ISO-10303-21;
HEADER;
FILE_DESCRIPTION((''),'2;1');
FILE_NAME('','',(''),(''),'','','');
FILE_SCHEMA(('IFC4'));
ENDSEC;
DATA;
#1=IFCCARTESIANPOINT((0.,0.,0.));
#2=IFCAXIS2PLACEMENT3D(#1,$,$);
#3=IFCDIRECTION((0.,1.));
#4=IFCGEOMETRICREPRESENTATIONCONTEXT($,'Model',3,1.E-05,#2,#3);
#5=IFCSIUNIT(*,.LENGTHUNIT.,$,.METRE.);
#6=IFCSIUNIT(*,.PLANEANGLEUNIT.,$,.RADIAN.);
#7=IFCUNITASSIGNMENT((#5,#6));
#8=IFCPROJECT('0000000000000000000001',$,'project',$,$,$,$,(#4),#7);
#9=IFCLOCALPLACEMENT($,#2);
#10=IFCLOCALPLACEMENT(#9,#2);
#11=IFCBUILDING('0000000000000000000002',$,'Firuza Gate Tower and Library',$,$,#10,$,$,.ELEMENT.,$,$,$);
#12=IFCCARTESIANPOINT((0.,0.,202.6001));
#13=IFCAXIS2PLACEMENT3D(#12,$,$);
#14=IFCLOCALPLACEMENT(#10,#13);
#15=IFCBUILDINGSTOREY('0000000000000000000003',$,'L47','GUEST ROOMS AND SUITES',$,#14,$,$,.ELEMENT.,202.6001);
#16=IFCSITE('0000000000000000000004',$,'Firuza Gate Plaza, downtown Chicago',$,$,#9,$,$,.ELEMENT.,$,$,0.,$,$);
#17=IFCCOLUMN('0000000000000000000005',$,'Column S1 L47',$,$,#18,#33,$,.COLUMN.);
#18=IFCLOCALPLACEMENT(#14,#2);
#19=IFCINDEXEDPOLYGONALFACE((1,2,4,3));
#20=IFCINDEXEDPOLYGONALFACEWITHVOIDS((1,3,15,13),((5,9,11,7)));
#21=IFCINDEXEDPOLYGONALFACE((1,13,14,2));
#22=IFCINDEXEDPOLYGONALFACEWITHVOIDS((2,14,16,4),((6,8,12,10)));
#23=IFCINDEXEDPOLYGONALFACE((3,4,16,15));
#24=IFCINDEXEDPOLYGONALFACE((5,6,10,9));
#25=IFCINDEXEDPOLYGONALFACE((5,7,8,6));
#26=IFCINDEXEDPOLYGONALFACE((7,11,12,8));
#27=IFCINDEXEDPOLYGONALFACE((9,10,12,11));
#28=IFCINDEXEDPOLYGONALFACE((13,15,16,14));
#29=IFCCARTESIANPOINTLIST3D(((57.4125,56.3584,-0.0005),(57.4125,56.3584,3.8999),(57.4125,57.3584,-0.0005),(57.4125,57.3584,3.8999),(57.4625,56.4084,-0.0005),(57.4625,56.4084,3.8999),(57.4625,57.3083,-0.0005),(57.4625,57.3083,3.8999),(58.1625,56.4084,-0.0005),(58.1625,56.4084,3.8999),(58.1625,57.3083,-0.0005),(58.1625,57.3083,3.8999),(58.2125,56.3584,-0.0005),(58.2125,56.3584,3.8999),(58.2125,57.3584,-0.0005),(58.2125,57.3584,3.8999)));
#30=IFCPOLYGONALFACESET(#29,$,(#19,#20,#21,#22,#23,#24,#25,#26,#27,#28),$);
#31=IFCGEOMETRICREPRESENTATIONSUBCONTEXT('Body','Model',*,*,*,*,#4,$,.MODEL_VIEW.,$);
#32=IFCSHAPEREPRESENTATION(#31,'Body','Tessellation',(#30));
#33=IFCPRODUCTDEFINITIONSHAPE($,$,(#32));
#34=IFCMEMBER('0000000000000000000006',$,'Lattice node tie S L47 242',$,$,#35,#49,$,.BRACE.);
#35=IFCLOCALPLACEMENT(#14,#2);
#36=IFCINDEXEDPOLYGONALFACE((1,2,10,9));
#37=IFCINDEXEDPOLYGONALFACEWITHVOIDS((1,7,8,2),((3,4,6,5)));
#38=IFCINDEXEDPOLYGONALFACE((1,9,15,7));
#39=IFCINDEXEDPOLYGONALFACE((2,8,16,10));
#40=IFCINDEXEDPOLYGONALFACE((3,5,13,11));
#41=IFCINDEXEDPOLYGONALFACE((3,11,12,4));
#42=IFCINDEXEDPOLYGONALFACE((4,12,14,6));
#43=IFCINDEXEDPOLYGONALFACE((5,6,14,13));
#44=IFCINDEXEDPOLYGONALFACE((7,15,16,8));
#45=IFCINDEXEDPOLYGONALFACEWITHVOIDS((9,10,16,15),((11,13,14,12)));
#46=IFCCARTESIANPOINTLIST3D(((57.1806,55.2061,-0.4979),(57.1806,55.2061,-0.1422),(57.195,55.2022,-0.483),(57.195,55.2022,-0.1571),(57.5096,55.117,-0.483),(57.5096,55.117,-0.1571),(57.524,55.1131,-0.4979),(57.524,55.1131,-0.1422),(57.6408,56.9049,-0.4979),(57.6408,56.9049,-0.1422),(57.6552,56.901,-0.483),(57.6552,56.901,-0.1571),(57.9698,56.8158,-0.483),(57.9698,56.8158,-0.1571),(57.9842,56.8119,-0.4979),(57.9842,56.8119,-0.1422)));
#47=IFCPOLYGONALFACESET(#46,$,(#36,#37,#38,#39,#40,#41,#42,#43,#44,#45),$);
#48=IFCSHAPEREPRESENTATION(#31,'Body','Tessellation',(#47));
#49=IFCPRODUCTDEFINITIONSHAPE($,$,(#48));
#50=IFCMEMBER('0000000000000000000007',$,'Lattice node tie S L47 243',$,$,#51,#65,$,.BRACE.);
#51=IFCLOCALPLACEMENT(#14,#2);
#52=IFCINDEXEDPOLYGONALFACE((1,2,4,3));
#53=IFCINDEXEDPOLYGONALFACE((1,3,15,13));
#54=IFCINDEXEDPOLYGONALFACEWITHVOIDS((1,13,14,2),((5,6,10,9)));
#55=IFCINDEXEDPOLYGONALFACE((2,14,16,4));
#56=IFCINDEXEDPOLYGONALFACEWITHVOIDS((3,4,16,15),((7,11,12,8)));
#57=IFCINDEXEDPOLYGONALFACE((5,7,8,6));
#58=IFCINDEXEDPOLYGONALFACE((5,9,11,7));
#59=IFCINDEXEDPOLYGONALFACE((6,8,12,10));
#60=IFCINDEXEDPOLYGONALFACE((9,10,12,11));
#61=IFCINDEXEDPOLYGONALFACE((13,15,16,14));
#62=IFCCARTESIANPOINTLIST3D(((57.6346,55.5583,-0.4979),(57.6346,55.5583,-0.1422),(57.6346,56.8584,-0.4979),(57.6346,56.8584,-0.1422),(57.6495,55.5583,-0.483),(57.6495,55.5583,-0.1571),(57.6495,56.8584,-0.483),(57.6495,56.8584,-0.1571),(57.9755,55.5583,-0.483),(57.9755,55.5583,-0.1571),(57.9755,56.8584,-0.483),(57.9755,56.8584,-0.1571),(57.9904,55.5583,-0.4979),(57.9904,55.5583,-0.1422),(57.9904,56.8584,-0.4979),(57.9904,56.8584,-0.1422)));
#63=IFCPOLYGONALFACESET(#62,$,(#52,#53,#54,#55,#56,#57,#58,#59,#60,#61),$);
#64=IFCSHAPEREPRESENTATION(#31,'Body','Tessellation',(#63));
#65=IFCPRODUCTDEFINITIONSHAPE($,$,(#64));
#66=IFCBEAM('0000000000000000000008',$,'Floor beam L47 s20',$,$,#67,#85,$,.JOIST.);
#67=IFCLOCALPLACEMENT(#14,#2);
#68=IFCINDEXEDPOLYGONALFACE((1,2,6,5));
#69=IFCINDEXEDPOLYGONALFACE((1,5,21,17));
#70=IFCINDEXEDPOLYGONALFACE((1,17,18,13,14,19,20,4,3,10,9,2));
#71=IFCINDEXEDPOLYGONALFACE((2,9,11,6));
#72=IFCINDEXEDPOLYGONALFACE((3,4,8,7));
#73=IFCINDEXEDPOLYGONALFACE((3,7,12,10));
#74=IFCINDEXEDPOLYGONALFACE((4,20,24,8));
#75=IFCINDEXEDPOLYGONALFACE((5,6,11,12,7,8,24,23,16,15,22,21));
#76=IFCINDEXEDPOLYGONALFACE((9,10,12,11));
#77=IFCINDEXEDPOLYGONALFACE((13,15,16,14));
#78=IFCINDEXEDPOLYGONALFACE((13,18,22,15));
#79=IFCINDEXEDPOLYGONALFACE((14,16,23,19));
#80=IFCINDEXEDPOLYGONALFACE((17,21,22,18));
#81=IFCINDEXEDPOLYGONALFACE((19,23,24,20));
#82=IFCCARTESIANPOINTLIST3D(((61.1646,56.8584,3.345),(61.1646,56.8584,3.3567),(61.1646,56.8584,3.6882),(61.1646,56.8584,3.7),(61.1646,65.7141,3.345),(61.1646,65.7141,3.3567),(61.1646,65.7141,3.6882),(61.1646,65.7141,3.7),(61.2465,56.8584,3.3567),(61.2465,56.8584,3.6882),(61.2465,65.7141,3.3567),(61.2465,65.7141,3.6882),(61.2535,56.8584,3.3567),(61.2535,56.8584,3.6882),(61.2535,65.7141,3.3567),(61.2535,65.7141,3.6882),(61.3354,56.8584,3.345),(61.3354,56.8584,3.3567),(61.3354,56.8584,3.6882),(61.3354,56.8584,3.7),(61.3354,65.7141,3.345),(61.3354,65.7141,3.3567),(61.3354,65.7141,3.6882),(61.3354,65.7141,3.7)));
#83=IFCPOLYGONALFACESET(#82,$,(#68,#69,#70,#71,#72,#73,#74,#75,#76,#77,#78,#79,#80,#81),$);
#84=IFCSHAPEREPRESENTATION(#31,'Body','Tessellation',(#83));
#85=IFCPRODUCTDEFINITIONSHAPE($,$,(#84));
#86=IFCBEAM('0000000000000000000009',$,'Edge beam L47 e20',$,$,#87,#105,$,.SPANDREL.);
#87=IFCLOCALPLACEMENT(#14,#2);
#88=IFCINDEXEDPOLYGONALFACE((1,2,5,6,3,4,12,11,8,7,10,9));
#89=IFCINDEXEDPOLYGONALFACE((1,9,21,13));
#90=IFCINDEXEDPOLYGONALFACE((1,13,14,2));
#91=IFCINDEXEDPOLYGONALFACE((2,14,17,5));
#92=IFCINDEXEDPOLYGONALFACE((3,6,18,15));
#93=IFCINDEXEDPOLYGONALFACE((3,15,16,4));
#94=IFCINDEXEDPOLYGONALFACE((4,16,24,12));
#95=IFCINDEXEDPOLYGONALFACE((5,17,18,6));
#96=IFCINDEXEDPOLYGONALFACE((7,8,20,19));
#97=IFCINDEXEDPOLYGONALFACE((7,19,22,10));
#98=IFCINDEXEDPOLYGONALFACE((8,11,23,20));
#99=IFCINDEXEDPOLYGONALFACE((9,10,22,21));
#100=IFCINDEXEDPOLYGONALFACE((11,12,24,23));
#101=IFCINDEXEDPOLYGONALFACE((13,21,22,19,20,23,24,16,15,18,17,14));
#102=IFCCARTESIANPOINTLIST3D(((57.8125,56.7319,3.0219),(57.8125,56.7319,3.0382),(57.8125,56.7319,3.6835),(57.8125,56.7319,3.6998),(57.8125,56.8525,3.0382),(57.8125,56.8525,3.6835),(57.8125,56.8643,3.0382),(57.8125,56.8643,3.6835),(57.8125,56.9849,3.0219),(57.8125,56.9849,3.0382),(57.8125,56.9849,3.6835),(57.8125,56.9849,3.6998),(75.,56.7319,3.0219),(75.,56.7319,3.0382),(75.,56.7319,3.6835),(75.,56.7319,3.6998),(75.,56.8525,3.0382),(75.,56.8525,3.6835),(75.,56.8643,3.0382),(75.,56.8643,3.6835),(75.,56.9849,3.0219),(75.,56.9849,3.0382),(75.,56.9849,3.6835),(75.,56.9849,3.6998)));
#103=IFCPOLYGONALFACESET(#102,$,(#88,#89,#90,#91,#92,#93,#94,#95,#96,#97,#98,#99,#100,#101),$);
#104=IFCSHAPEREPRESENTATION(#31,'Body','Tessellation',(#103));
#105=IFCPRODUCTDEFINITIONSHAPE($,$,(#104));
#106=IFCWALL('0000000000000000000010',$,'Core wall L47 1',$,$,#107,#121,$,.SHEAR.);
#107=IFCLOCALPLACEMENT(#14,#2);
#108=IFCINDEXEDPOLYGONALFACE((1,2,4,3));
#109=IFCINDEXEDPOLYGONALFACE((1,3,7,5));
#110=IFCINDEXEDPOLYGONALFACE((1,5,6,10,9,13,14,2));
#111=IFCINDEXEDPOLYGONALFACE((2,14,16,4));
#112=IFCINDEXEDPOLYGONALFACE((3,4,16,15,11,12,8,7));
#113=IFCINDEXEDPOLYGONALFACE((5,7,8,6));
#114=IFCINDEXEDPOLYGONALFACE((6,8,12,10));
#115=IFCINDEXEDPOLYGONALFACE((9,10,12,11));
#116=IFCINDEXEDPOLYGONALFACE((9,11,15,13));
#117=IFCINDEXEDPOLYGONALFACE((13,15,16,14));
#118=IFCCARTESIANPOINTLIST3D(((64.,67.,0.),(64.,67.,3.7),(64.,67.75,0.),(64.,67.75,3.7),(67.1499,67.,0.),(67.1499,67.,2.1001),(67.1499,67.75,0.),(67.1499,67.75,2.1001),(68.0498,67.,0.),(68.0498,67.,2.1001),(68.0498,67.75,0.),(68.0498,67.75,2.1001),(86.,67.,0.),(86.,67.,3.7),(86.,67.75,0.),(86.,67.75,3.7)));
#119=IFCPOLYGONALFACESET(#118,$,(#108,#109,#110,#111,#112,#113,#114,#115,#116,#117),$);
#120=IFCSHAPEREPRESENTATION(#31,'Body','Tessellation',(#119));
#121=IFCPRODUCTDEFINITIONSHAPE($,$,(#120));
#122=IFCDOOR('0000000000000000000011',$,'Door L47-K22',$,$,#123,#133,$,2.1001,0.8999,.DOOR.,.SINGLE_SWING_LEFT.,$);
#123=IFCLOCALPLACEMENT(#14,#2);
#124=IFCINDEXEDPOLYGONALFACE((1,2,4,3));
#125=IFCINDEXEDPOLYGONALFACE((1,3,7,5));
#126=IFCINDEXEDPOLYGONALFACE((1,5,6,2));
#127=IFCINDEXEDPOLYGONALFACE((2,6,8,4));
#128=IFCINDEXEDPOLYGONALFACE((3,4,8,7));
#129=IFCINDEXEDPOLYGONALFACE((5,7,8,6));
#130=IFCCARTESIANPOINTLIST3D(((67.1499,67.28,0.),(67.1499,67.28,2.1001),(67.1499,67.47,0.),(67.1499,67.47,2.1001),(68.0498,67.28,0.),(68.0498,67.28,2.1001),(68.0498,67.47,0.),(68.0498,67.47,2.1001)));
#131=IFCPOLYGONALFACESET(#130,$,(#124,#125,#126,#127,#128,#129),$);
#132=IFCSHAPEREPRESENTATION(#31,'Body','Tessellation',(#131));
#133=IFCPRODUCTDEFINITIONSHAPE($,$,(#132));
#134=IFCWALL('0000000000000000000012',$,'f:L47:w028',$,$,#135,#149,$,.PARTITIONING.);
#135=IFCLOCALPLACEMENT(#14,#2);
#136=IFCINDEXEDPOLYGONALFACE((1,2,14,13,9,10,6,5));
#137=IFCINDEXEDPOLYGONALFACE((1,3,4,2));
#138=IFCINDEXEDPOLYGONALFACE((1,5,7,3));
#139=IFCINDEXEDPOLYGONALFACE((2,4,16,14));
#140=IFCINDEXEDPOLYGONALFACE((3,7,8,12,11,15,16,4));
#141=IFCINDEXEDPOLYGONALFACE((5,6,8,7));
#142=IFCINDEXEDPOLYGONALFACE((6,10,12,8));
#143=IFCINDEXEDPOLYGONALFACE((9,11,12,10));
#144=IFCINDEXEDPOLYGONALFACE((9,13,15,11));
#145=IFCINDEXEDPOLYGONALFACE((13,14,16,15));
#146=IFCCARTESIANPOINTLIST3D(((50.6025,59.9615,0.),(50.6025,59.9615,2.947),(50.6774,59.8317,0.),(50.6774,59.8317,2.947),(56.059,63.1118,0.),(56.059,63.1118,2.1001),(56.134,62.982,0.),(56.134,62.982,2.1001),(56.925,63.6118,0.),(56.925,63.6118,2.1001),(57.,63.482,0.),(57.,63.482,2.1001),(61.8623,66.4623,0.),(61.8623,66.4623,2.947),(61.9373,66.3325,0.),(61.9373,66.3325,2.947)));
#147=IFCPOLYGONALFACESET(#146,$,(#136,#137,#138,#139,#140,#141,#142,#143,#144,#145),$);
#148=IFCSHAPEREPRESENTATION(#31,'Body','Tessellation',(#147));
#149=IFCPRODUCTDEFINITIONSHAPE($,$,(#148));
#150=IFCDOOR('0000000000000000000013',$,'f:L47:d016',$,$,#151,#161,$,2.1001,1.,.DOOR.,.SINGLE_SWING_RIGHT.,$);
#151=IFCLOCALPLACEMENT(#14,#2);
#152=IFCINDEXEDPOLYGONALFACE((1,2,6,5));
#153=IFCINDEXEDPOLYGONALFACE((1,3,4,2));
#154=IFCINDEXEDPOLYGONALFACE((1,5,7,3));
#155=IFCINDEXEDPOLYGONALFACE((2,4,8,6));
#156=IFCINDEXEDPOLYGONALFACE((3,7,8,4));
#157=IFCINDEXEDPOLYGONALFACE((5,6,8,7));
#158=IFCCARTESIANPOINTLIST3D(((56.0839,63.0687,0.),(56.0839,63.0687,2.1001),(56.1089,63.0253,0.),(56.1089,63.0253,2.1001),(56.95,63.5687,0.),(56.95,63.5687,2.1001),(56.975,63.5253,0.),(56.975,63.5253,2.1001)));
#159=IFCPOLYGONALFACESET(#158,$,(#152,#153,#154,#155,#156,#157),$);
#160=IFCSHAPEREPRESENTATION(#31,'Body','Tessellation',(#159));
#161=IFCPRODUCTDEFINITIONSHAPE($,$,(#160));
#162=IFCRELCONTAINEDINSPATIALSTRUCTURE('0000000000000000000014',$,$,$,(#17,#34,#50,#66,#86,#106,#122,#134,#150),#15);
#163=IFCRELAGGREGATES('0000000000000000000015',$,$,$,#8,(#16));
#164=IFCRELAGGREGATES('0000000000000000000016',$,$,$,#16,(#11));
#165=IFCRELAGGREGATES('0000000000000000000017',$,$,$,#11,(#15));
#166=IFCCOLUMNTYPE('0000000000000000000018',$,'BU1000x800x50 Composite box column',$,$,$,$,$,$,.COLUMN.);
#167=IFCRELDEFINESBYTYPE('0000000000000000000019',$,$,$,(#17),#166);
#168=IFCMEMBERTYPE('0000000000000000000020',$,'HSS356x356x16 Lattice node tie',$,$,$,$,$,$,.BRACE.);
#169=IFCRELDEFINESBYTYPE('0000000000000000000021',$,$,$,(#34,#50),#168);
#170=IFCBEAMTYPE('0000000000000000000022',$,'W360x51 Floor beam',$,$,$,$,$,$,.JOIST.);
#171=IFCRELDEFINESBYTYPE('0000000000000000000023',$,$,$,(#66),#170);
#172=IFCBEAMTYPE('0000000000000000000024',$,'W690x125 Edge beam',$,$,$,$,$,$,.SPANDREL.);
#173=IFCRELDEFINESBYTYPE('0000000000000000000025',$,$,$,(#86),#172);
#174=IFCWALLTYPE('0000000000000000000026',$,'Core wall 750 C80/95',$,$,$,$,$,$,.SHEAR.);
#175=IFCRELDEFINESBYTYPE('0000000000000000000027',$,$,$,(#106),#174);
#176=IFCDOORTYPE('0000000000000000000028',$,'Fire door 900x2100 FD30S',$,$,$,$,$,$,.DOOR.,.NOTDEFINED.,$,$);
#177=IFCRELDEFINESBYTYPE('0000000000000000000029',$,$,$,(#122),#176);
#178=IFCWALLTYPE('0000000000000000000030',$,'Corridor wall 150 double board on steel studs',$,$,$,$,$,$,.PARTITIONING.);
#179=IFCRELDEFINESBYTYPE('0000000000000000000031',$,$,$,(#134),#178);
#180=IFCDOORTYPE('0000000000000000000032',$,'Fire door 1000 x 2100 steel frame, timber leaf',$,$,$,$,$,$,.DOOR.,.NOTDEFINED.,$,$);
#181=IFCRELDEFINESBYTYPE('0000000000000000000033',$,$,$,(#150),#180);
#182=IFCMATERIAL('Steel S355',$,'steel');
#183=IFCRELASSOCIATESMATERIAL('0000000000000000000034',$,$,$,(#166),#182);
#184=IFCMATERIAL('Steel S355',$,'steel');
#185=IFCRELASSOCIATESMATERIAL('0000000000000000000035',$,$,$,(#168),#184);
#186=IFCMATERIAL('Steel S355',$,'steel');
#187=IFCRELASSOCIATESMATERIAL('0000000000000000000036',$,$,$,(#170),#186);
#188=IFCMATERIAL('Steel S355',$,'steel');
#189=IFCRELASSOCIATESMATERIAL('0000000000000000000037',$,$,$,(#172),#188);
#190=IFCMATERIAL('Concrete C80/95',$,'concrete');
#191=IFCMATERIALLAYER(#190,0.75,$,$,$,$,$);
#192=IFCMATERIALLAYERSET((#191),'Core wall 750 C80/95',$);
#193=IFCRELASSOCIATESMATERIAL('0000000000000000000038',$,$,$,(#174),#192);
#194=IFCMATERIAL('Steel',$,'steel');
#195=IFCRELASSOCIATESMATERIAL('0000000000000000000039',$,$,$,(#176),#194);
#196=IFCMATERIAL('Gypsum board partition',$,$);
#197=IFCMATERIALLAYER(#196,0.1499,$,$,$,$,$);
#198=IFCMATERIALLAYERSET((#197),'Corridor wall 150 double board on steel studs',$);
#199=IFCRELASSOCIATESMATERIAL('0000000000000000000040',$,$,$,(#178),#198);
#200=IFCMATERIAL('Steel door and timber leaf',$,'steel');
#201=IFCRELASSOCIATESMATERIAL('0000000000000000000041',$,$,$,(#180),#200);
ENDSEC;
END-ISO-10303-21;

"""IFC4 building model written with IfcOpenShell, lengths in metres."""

from ifc_helpers import new_model, si_unit, direction, frame, frame_2d, origin, origin_2d, place, context, subcontext, project, spatial, rectangle, hollow_rectangle, i_section, extrude, material, layer, layer_set, material_profile, profile_set, type_object, element, fill, save


model = new_model("IFC4")

# Units and contexts
model_context = context("Model", 3, precision=1e-05, world=origin(), true_north=direction((0.0, 1.0)))
body_context = subcontext(model_context, "Body", "Model", "MODEL_VIEW")
ifc_project = project(units=[si_unit("LENGTHUNIT", "METRE"), si_unit("PLANEANGLEUNIT", "RADIAN")], contexts=[model_context])

# Site, building, storey
site_placement = place(None, origin())
site = spatial("IfcSite", under=ifc_project, at=site_placement, Name="Firuza Gate Plaza, downtown Chicago", CompositionType="ELEMENT", RefElevation=0.0)
building_placement = place(site_placement, origin())
building = spatial("IfcBuilding", under=site, at=building_placement, Name="Firuza Gate Tower and Library", CompositionType="ELEMENT")
storey_placement = place(building_placement, frame((0.0, 0.0, 202.6001)))
storey = spatial("IfcBuildingStorey", under=building, at=storey_placement, Name="L47", Description="GUEST ROOMS AND SUITES", CompositionType="ELEMENT", Elevation=202.6001)

# Column
ifc_material_1 = material(Name="Steel S355", Category="steel")
ifc_material_profile_1 = material_profile(ifc_material_1, hollow_rectangle(XDim=0.8, YDim=1.0, WallThickness=0.05, at=origin_2d()))
ifc_profile_set_1 = profile_set([ifc_material_profile_1], Name="Steel S355")
column_type = type_object("IfcColumnType", Name="BU1000x800x50 Composite box column", PredefinedType="COLUMN", material=ifc_profile_set_1)
column_placement = place(storey_placement, frame((57.8125, 56.8584, -0.0005), z_axis=(0.0, 0.0, 1.0), x_axis=(1.0, 0.0, 0.0)))
element("IfcColumn", 1, at=column_placement, inside=storey, type_object=column_type, Name="Column S1 L47", PredefinedType="COLUMN", context=body_context, shape_type="SweptSolid", body=[
    extrude(hollow_rectangle(XDim=0.8, YDim=1.0, WallThickness=0.05, at=origin_2d()), origin(), (0.0, 0.0, 1.0), 3.9004),
])

# Members
ifc_material_2 = material(Name="Steel S355", Category="steel")
ifc_material_profile_2 = material_profile(ifc_material_2, hollow_rectangle(XDim=0.3557, YDim=0.3557, WallThickness=0.0149, at=origin_2d()))
ifc_profile_set_2 = profile_set([ifc_material_profile_2], Name="Steel S355")
member_type = type_object("IfcMemberType", Name="HSS356x356x16 Lattice node tie", PredefinedType="BRACE", material=ifc_profile_set_2)
member_1_placement = place(storey_placement, frame((57.8125, 56.8584, -0.3201), z_axis=(-0.261485, -0.965207, 0.0), x_axis=(0.965207, -0.261485, 0.0)))
element("IfcMember", 2, at=member_1_placement, inside=storey, type_object=member_type, Name="Lattice node tie S L47 242", PredefinedType="BRACE", context=body_context, shape_type="SweptSolid", body=[
    extrude(hollow_rectangle(XDim=0.3557, YDim=0.3557, WallThickness=0.0149, at=origin_2d()), origin(), (0.0, 0.0, 1.0), 1.76),
])
member_2_placement = place(storey_placement, frame((57.8125, 56.8584, -0.3201), z_axis=(0.0, -1.0, 0.0), x_axis=(1.0, 0.0, 0.0)))
element("IfcMember", 3, at=member_2_placement, inside=storey, type_object=member_type, Name="Lattice node tie S L47 243", PredefinedType="BRACE", context=body_context, shape_type="SweptSolid", body=[
    extrude(hollow_rectangle(XDim=0.3557, YDim=0.3557, WallThickness=0.0149, at=origin_2d()), origin(), (0.0, 0.0, 1.0), 1.3),
])

# Beams
ifc_material_3 = material(Name="Steel S355", Category="steel")
ifc_material_profile_3 = material_profile(ifc_material_3, i_section(OverallWidth=0.1709, OverallDepth=0.355, WebThickness=0.0071, FlangeThickness=0.0117, at=origin_2d()))
ifc_profile_set_3 = profile_set([ifc_material_profile_3], Name="Steel S355")
beam_type_1 = type_object("IfcBeamType", Name="W360x51 Floor beam", PredefinedType="JOIST", material=ifc_profile_set_3)
beam_1_placement = place(storey_placement, frame((61.25, 56.8584, 3.5225), z_axis=(0.0, 1.0, 0.0), x_axis=(-1.0, 0.0, 0.0)))
element("IfcBeam", 4, at=beam_1_placement, inside=storey, type_object=beam_type_1, Name="Floor beam L47 s20", PredefinedType="JOIST", context=body_context, shape_type="SweptSolid", body=[
    extrude(i_section(OverallWidth=0.1709, OverallDepth=0.355, WebThickness=0.0071, FlangeThickness=0.0117, at=origin_2d()), origin(), (0.0, 0.0, 1.0), 8.8557),
])
ifc_material_4 = material(Name="Steel S355", Category="steel")
ifc_material_profile_4 = material_profile(ifc_material_4, i_section(OverallWidth=0.2529, OverallDepth=0.678, WebThickness=0.0117, FlangeThickness=0.0164, at=origin_2d()))
ifc_profile_set_4 = profile_set([ifc_material_profile_4], Name="Steel S355")
beam_type_2 = type_object("IfcBeamType", Name="W690x125 Edge beam", PredefinedType="SPANDREL", material=ifc_profile_set_4)
beam_2_placement = place(storey_placement, frame((57.8125, 56.8584, 3.3608), z_axis=(1.0, 0.0, 0.0), x_axis=(0.0, 1.0, 0.0)))
element("IfcBeam", 5, at=beam_2_placement, inside=storey, type_object=beam_type_2, Name="Edge beam L47 e20", PredefinedType="SPANDREL", context=body_context, shape_type="SweptSolid", body=[
    extrude(i_section(OverallWidth=0.2529, OverallDepth=0.678, WebThickness=0.0117, FlangeThickness=0.0164, at=origin_2d()), origin(), (0.0, 0.0, 1.0), 17.1875),
])

# Walls, openings, doors
ifc_material_5 = material(Name="Concrete C80/95", Category="concrete")
ifc_layer_1 = layer(ifc_material_5, 0.75)
ifc_layer_set_1 = layer_set([ifc_layer_1], Name="Core wall 750 C80/95")
wall_type_1 = type_object("IfcWallType", Name="Core wall 750 C80/95", PredefinedType="SHEAR", material=ifc_layer_set_1)
wall_1_placement = place(storey_placement, frame((64.0, 67.375, 0.0), z_axis=(0.0, 0.0, 1.0), x_axis=(1.0, 0.0, 0.0)))
wall_1 = element("IfcWall", 6, at=wall_1_placement, inside=storey, type_object=wall_type_1, Name="Core wall L47 1", PredefinedType="SHEAR", context=body_context, shape_type="SweptSolid", body=[
    extrude(rectangle(XDim=22.0, YDim=0.75, at=frame_2d((11.0, 0.0))), origin(), (0.0, 0.0, 1.0), 3.7),
])
opening_1_placement = place(wall_1_placement, frame((3.1499, 0.0, 0.0)))
opening_1 = element("IfcOpeningElement", 7, at=opening_1_placement, cuts=wall_1, PredefinedType="OPENING", context=body_context, shape_type="SweptSolid", body=[
    extrude(rectangle(XDim=0.8999, YDim=2.1001, at=frame_2d((0.45, 1.05))), frame((0.0, 0.385, 0.0), z_axis=(0.0, -1.0, 0.0), x_axis=(1.0, 0.0, 0.0)), (0.0, 0.0, 1.0), 0.77),
])
ifc_material_6 = material(Name="Steel", Category="steel")
door_type_1 = type_object("IfcDoorType", Name="Fire door 900x2100 FD30S", OperationType="NOTDEFINED", PredefinedType="DOOR", material=ifc_material_6)
door_1_placement = place(opening_1_placement, origin())
door_1 = element("IfcDoor", 8, at=door_1_placement, inside=storey, type_object=door_type_1, Name="Door L47-K22", OperationType="SINGLE_SWING_LEFT", OverallHeight=2.1001, OverallWidth=0.8999, PredefinedType="DOOR", context=body_context, shape_type="SweptSolid", body=[
    extrude(rectangle(XDim=0.8999, YDim=2.1001, at=frame_2d((0.45, 1.05))), frame((0.0, 0.095, 0.0), z_axis=(0.0, -1.0, 0.0), x_axis=(1.0, 0.0, 0.0)), (0.0, 0.0, 1.0), 0.1899),
])
fill(opening_1, door_1)
ifc_material_7 = material(Name="Gypsum board partition")
ifc_layer_2 = layer(ifc_material_7, 0.1499)
ifc_layer_set_2 = layer_set([ifc_layer_2], Name="Corridor wall 150 double board on steel studs")
wall_type_2 = type_object("IfcWallType", Name="Corridor wall 150 double board on steel studs", PredefinedType="PARTITIONING", material=ifc_layer_set_2)
wall_2_placement = place(storey_placement, frame((61.8999, 66.3975, 0.0), z_axis=(0.0, 0.0, 1.0), x_axis=(-0.866029, -0.499994, 0.0)))
wall_2 = element("IfcWall", 9, at=wall_2_placement, inside=storey, type_object=wall_type_2, Name="f:L47:w028", PredefinedType="PARTITIONING", context=body_context, shape_type="SweptSolid", body=[
    extrude(rectangle(XDim=13.0017, YDim=0.1499, at=frame_2d((6.501, 0.0))), origin(), (0.0, 0.0, 1.0), 2.947),
])
opening_2_placement = place(wall_2_placement, frame((5.7012, 0.0, 0.0)))
opening_2 = element("IfcOpeningElement", 10, at=opening_2_placement, cuts=wall_2, PredefinedType="OPENING", context=body_context, shape_type="SweptSolid", body=[
    extrude(rectangle(XDim=1.0, YDim=2.1001, at=frame_2d((0.5, 1.05))), frame((0.0, 0.085, 0.0), z_axis=(0.0, -1.0, 0.0), x_axis=(1.0, 0.0, 0.0)), (0.0, 0.0, 1.0), 0.1699),
])
ifc_material_8 = material(Name="Steel door and timber leaf", Category="steel")
door_type_2 = type_object("IfcDoorType", Name="Fire door 1000 x 2100 steel frame, timber leaf", OperationType="NOTDEFINED", PredefinedType="DOOR", material=ifc_material_8)
door_2_placement = place(opening_2_placement, origin())
door_2 = element("IfcDoor", 11, at=door_2_placement, inside=storey, type_object=door_type_2, Name="f:L47:d016", OperationType="SINGLE_SWING_RIGHT", OverallHeight=2.1001, OverallWidth=1.0, PredefinedType="DOOR", context=body_context, shape_type="SweptSolid", body=[
    extrude(rectangle(XDim=1.0, YDim=2.1001, at=frame_2d((0.5, 1.05))), frame((0.0, 0.0249, 0.0), z_axis=(0.0, -1.0, 0.0), x_axis=(1.0, 0.0, 0.0)), (0.0, 0.0, 1.0), 0.05),
])
fill(opening_2, door_2)

save(model, "model.ifc")
